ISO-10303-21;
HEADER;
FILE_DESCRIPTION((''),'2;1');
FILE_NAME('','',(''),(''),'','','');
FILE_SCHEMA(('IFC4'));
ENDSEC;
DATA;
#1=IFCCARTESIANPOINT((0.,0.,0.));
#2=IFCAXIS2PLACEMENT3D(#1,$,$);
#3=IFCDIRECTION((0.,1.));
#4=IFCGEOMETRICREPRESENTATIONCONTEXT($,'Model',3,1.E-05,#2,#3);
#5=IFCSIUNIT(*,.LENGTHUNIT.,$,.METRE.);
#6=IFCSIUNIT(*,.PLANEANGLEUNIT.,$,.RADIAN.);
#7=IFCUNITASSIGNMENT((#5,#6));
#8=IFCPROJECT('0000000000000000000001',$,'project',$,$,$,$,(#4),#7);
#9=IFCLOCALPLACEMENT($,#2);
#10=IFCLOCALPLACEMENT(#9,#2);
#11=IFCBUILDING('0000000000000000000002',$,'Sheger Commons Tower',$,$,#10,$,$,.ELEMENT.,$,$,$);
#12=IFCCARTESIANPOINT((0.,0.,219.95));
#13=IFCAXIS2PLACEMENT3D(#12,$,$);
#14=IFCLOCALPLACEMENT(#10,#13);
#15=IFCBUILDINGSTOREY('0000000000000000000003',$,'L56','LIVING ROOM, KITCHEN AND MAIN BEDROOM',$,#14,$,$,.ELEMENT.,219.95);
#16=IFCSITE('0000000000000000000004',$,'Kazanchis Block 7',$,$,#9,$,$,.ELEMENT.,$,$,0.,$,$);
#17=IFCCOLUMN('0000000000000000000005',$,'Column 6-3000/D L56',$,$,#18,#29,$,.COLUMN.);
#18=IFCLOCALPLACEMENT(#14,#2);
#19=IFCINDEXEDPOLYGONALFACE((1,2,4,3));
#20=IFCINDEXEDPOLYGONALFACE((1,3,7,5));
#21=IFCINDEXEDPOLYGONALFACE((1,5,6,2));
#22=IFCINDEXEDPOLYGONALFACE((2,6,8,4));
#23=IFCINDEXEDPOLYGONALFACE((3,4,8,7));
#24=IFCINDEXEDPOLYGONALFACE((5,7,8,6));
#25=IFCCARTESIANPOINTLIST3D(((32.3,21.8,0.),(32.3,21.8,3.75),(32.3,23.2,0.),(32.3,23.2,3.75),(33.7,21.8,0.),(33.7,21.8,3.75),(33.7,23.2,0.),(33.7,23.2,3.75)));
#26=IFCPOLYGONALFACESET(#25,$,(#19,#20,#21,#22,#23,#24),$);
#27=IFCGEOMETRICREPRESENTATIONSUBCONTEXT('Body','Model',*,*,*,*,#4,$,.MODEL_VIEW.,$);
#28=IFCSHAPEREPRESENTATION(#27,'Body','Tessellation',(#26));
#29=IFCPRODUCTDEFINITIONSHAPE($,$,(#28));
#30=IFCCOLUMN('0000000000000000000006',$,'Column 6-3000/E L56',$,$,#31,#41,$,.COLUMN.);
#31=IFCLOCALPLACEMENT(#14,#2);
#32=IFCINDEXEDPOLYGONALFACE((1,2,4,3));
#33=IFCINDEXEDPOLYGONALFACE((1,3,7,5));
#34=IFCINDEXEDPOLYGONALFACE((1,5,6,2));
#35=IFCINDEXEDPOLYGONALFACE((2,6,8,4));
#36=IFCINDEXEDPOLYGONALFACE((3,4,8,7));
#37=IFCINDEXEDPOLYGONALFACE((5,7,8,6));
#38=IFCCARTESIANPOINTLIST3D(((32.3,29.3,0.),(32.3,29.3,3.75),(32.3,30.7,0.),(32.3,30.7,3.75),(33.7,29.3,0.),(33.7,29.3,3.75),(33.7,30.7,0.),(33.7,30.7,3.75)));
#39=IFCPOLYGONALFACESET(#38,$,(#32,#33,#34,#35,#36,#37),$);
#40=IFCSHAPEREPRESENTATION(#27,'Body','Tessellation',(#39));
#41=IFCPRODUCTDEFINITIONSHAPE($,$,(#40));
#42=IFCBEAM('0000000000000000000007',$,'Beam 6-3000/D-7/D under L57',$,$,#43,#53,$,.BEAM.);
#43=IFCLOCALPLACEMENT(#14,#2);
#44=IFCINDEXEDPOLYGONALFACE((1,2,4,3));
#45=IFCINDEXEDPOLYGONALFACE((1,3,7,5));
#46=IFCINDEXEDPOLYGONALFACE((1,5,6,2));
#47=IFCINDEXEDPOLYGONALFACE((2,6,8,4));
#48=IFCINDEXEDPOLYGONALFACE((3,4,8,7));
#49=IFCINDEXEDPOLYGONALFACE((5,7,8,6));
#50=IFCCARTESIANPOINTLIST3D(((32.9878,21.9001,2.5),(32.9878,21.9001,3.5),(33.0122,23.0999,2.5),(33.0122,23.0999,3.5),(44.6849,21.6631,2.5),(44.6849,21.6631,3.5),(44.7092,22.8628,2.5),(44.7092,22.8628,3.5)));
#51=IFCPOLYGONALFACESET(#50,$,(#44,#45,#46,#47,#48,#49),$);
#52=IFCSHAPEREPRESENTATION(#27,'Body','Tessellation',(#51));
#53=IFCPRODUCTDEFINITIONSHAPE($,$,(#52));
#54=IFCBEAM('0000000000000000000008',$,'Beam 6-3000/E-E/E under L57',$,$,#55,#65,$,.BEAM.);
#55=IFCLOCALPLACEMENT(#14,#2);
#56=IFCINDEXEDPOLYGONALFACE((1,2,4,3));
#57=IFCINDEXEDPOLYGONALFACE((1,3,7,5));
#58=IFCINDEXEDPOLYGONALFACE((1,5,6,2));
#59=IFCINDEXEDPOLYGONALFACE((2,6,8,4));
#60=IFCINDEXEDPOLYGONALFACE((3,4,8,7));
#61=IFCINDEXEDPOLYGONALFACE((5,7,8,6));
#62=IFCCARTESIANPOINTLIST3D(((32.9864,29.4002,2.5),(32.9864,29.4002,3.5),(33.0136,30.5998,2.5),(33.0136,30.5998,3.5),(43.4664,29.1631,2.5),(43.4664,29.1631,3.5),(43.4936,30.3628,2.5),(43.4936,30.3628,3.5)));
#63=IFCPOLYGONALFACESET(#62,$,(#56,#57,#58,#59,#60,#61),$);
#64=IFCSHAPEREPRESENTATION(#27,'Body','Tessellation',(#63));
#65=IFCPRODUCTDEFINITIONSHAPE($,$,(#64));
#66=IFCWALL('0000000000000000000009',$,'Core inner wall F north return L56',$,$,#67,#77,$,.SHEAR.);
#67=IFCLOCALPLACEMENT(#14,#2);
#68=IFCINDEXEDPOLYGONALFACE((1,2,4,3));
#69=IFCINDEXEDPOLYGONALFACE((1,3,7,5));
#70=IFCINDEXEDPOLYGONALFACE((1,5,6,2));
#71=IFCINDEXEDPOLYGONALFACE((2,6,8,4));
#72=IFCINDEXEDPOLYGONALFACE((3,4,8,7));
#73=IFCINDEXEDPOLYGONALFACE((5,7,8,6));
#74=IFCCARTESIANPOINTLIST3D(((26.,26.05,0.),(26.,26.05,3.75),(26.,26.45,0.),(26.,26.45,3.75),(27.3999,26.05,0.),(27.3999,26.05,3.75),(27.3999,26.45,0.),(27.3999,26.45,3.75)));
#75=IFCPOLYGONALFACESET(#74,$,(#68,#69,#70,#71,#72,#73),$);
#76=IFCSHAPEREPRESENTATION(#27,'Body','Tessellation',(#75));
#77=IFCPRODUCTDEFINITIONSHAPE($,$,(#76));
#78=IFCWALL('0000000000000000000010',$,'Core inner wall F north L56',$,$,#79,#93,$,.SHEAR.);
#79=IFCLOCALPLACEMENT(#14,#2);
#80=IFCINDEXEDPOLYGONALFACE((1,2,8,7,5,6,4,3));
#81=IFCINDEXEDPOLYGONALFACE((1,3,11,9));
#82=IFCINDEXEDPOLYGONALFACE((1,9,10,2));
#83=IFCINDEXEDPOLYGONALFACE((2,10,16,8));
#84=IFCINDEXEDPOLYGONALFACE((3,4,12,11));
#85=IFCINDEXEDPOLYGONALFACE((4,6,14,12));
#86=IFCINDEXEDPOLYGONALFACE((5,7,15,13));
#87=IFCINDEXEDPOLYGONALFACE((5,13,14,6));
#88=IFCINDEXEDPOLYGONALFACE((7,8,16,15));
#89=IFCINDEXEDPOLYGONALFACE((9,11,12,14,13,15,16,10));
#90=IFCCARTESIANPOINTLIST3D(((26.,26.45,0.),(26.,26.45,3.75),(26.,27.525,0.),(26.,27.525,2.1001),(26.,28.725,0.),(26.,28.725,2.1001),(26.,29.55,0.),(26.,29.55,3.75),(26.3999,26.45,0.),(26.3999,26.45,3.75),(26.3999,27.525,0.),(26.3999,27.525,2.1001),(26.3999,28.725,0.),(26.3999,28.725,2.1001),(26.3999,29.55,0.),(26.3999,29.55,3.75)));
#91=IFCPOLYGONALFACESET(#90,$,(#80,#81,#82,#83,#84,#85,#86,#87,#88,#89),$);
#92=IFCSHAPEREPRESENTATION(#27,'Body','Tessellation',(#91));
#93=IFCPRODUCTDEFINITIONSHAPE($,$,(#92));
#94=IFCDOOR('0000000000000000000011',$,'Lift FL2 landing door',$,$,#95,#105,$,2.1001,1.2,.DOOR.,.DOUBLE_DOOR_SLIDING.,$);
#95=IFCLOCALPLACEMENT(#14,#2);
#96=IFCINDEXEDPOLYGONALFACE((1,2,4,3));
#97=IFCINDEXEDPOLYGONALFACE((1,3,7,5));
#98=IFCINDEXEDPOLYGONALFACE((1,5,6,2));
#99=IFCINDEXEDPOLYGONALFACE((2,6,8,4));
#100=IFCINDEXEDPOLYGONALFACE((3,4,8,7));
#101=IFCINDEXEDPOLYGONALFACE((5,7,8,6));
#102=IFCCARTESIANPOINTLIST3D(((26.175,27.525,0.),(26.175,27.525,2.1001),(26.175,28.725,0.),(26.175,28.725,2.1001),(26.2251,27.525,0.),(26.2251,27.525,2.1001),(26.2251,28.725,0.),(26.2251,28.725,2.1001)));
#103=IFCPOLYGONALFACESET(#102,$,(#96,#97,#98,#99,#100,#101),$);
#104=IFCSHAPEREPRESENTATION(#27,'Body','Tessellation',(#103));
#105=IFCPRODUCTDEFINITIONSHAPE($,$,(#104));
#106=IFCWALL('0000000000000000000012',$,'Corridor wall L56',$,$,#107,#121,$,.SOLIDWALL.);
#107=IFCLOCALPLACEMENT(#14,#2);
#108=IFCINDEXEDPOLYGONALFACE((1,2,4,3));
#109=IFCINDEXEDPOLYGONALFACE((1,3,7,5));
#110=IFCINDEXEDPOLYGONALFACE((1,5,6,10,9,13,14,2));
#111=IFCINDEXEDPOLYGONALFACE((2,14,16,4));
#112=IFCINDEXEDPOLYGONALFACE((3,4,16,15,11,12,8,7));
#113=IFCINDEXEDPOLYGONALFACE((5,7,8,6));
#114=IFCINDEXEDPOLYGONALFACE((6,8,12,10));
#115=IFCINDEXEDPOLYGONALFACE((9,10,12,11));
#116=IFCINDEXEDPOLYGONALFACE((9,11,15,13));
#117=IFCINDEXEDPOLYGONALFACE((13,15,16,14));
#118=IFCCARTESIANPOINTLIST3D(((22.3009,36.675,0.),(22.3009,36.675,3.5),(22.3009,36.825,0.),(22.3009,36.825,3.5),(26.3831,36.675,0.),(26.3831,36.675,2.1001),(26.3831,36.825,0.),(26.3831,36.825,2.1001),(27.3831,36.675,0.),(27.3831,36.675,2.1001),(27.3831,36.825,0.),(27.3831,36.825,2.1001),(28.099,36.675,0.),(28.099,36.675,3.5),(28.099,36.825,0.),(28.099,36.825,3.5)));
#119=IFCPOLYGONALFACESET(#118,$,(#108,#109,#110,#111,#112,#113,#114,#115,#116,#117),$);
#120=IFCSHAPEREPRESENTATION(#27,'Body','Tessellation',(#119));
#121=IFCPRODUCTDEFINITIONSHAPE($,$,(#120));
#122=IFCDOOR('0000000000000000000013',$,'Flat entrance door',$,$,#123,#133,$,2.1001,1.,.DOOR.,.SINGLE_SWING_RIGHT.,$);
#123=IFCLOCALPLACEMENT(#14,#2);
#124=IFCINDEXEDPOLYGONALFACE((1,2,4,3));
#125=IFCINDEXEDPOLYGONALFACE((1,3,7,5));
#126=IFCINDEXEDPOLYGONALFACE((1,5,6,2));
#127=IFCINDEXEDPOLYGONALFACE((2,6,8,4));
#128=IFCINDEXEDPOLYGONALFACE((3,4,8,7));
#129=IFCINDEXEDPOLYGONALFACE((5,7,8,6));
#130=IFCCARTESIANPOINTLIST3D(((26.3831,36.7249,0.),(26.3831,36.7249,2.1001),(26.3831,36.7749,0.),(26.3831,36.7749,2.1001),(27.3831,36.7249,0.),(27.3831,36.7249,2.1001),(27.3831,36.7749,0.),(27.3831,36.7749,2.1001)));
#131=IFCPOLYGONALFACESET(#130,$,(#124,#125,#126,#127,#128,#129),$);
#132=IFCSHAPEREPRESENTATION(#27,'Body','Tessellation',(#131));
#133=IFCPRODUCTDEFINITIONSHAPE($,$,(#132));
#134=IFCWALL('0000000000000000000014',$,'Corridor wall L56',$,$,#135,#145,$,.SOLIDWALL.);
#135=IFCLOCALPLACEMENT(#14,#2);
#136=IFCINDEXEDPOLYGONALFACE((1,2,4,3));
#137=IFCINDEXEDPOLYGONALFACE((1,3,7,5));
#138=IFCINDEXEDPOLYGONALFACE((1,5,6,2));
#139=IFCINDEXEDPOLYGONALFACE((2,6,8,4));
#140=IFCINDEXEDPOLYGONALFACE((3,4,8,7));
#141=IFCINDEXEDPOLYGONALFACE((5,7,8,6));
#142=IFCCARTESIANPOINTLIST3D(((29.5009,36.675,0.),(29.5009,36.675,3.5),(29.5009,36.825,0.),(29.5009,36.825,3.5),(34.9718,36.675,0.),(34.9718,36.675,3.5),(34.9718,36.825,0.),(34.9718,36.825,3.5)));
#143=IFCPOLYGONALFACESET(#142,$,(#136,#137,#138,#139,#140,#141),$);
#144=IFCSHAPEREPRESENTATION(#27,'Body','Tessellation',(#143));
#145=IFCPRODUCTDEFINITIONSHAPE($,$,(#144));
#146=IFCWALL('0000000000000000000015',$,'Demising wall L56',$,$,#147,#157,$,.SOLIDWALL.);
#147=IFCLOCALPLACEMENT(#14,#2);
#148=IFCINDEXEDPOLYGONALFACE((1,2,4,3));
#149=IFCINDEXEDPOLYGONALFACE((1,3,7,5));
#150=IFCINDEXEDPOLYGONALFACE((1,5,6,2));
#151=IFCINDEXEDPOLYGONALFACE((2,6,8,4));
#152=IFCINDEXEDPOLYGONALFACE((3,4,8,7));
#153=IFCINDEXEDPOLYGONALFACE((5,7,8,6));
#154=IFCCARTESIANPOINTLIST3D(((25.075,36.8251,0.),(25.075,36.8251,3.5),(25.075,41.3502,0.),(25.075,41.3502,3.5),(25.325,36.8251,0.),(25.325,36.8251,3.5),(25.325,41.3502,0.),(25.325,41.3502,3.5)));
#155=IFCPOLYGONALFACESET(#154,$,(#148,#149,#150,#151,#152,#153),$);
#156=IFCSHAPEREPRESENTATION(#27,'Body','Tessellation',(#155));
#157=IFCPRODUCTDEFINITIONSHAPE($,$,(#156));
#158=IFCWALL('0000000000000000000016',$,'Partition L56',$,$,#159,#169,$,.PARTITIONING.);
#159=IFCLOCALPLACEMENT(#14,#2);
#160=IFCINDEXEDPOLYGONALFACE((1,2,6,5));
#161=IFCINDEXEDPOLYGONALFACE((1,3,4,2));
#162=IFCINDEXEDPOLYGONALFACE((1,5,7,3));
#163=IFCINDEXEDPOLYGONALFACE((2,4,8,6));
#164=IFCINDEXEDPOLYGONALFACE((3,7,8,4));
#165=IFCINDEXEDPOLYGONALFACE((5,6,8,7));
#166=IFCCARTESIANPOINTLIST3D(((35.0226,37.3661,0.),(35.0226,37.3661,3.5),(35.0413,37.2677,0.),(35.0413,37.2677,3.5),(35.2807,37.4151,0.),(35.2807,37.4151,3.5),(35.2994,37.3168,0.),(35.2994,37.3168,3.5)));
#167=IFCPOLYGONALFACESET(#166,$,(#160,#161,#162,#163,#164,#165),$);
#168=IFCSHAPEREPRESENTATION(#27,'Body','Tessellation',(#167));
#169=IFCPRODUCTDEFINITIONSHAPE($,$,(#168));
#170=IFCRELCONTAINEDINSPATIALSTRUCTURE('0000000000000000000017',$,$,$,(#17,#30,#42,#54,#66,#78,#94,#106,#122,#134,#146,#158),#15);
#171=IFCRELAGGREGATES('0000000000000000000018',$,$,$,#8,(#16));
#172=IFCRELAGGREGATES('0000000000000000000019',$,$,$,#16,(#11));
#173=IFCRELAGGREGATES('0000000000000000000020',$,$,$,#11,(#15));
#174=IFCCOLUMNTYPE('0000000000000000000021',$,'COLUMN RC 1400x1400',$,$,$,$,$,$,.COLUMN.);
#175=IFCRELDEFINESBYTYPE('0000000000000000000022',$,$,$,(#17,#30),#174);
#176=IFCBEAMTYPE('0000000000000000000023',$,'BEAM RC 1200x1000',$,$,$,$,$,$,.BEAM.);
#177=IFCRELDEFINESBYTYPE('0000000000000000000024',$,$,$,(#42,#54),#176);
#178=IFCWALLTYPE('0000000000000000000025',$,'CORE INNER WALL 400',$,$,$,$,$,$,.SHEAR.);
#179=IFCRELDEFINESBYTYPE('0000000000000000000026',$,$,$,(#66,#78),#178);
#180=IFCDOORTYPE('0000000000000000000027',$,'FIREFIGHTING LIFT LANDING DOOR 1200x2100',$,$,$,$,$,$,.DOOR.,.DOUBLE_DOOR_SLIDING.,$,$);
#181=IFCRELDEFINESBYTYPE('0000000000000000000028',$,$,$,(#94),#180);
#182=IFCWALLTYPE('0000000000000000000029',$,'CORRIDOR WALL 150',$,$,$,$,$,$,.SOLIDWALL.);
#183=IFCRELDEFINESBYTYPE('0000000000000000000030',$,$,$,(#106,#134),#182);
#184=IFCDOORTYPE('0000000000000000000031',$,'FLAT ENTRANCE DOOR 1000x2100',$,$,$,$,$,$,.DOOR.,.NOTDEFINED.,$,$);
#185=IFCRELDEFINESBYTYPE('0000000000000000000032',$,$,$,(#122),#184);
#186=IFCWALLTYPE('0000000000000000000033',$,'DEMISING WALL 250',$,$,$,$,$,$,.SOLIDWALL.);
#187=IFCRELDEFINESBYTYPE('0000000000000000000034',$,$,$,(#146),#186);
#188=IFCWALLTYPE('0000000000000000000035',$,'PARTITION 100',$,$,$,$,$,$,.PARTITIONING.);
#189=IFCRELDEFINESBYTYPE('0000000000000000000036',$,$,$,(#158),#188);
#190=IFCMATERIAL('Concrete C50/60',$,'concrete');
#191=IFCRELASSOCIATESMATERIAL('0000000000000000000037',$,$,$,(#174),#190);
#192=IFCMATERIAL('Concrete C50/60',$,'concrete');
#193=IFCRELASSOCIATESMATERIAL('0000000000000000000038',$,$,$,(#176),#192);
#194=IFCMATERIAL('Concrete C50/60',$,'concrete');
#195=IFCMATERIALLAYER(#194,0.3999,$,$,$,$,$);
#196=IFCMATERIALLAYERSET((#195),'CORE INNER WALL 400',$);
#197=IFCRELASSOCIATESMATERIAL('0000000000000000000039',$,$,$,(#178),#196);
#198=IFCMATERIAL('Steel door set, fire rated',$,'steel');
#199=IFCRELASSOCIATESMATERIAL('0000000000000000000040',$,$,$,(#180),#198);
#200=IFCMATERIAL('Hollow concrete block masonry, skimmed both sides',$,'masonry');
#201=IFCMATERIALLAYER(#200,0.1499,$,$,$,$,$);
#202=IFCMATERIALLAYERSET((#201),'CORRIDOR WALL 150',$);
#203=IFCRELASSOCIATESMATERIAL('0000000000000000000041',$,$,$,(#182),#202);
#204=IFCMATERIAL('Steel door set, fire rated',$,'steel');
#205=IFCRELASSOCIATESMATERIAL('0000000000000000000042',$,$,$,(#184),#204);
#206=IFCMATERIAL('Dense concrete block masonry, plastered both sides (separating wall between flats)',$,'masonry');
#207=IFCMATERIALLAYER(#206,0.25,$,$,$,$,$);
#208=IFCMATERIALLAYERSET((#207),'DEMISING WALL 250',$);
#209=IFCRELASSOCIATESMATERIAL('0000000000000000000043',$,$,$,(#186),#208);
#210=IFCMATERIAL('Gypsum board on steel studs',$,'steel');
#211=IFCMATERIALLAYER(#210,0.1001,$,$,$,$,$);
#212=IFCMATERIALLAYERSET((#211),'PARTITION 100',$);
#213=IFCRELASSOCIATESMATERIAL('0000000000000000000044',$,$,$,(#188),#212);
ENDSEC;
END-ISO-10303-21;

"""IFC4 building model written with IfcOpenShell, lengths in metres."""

from ifc_helpers import new_model, si_unit, direction, frame, frame_2d, origin, origin_2d, place, context, subcontext, project, spatial, rectangle, extrude, material, layer, layer_set, material_profile, profile_set, type_object, element, fill, save


model = new_model("IFC4")

# Units and contexts
model_context = context("Model", 3, precision=1e-05, world=origin(), true_north=direction((0.0, 1.0)))
body_context = subcontext(model_context, "Body", "Model", "MODEL_VIEW")
ifc_project = project(units=[si_unit("LENGTHUNIT", "METRE"), si_unit("PLANEANGLEUNIT", "RADIAN")], contexts=[model_context])

# Site, building, storey
site_placement = place(None, origin())
site = spatial("IfcSite", under=ifc_project, at=site_placement, Name="Kazanchis Block 7", CompositionType="ELEMENT", RefElevation=0.0)
building_placement = place(site_placement, origin())
building = spatial("IfcBuilding", under=site, at=building_placement, Name="Sheger Commons Tower", CompositionType="ELEMENT")
storey_placement = place(building_placement, frame((0.0, 0.0, 219.95)))
storey = spatial("IfcBuildingStorey", under=building, at=storey_placement, Name="L56", Description="LIVING ROOM, KITCHEN AND MAIN BEDROOM", CompositionType="ELEMENT", Elevation=219.95)

# Columns
ifc_material_1 = material(Name="Concrete C50/60", Category="concrete")
ifc_material_profile_1 = material_profile(ifc_material_1, rectangle(XDim=1.3999, YDim=1.3999, at=origin_2d()), Name="RC 1400x1400")
ifc_profile_set_1 = profile_set([ifc_material_profile_1], Name="Concrete C50/60")
column_type = type_object("IfcColumnType", Name="COLUMN RC 1400x1400", PredefinedType="COLUMN", material=ifc_profile_set_1)
for number, where, z_axis, x_axis, name in (
    (1, (33.0, 22.5, 0.0), (0.0, 0.0, 1.0), (1.0, 0.0, 0.0), "Column 6-3000/D L56"),
    (2, (33.0, 30.0, 0.0), (0.0, 0.0, 1.0), (1.0, 0.0, 0.0), "Column 6-3000/E L56"),
):
    element("IfcColumn", number, at=place(storey_placement, frame(where, z_axis=z_axis, x_axis=x_axis)), inside=storey, type_object=column_type, Name=name, PredefinedType="COLUMN", context=body_context, shape_type="SweptSolid", body=[
        extrude(rectangle(XDim=1.3999, YDim=1.3999, at=origin_2d()), origin(), (0.0, 0.0, 1.0), 3.75),
    ])

# Beams
ifc_material_2 = material(Name="Concrete C50/60", Category="concrete")
ifc_material_profile_2 = material_profile(ifc_material_2, rectangle(XDim=1.2, YDim=1.0, at=origin_2d()), Name="RC 1200x1000")
ifc_profile_set_2 = profile_set([ifc_material_profile_2], Name="Concrete C50/60")
beam_type = type_object("IfcBeamType", Name="BEAM RC 1200x1000", PredefinedType="BEAM", material=ifc_profile_set_2)
beam_1_placement = place(storey_placement, frame((33.0, 22.5, 3.0), z_axis=(0.999795, -0.020263, 0.0), x_axis=(0.020263, 0.999795, 0.0)))
element("IfcBeam", 3, at=beam_1_placement, inside=storey, type_object=beam_type, Name="Beam 6-3000/D-7/D under L57", PredefinedType="BEAM", context=body_context, shape_type="SweptSolid", body=[
    extrude(rectangle(XDim=1.2, YDim=1.0, at=origin_2d()), origin(), (0.0, 0.0, 1.0), 11.6995),
])
beam_2_placement = place(storey_placement, frame((33.0, 30.0, 3.0), z_axis=(0.999744, -0.022615, 0.0), x_axis=(0.022615, 0.999744, 0.0)))
element("IfcBeam", 4, at=beam_2_placement, inside=storey, type_object=beam_type, Name="Beam 6-3000/E-E/E under L57", PredefinedType="BEAM", context=body_context, shape_type="SweptSolid", body=[
    extrude(rectangle(XDim=1.2, YDim=1.0, at=origin_2d()), origin(), (0.0, 0.0, 1.0), 10.4827),
])

# Wall
ifc_material_3 = material(Name="Concrete C50/60", Category="concrete")
ifc_layer_1 = layer(ifc_material_3, 0.3999)
ifc_layer_set_1 = layer_set([ifc_layer_1], Name="CORE INNER WALL 400")
wall_type_1 = type_object("IfcWallType", Name="CORE INNER WALL 400", PredefinedType="SHEAR", material=ifc_layer_set_1)
wall_1_placement = place(storey_placement, frame((26.0, 26.25, 0.0), z_axis=(0.0, 0.0, 1.0), x_axis=(1.0, 0.0, 0.0)))
element("IfcWall", 5, at=wall_1_placement, inside=storey, type_object=wall_type_1, Name="Core inner wall F north return L56", PredefinedType="SHEAR", context=body_context, shape_type="SweptSolid", body=[
    extrude(rectangle(XDim=1.3999, YDim=0.3999, at=frame_2d((0.7, 0.0))), origin(), (0.0, 0.0, 1.0), 3.75),
])

# Walls, openings, doors
wall_2_placement = place(storey_placement, frame((26.2, 26.45, 0.0), z_axis=(0.0, 0.0, 1.0), x_axis=(0.0, 1.0, 0.0)))
wall_2 = element("IfcWall", 6, at=wall_2_placement, inside=storey, type_object=wall_type_1, Name="Core inner wall F north L56", PredefinedType="SHEAR", context=body_context, shape_type="SweptSolid", body=[
    extrude(rectangle(XDim=3.1001, YDim=0.3999, at=frame_2d((1.55, 0.0))), origin(), (0.0, 0.0, 1.0), 3.75),
])
opening_1_placement = place(wall_2_placement, frame((1.075, 0.0, 0.0)))
opening_1 = element("IfcOpeningElement", 7, at=opening_1_placement, cuts=wall_2, PredefinedType="OPENING", context=body_context, shape_type="SweptSolid", body=[
    extrude(rectangle(XDim=1.2, YDim=2.1001, at=frame_2d((0.6001, 1.05))), frame((0.0, 0.21, 0.0), z_axis=(0.0, -1.0, 0.0), x_axis=(1.0, 0.0, 0.0)), (0.0, 0.0, 1.0), 0.4199),
])
ifc_material_4 = material(Name="Steel door set, fire rated", Category="steel")
door_type_1 = type_object("IfcDoorType", Name="FIREFIGHTING LIFT LANDING DOOR 1200x2100", OperationType="DOUBLE_DOOR_SLIDING", PredefinedType="DOOR", material=ifc_material_4)
door_1_placement = place(opening_1_placement, origin())
door_1 = element("IfcDoor", 8, at=door_1_placement, inside=storey, type_object=door_type_1, Name="Lift FL2 landing door", OperationType="DOUBLE_DOOR_SLIDING", OverallHeight=2.1001, OverallWidth=1.2, PredefinedType="DOOR", context=body_context, shape_type="SweptSolid", body=[
    extrude(rectangle(XDim=1.2, YDim=2.1001, at=frame_2d((0.6001, 1.05))), frame((0.0, 0.0249, 0.0), z_axis=(0.0, -1.0, 0.0), x_axis=(1.0, 0.0, 0.0)), (0.0, 0.0, 1.0), 0.05),
])
fill(opening_1, door_1)
ifc_material_5 = material(Name="Hollow concrete block masonry, skimmed both sides", Category="masonry")
ifc_layer_2 = layer(ifc_material_5, 0.1499)
ifc_layer_set_2 = layer_set([ifc_layer_2], Name="CORRIDOR WALL 150")
wall_type_2 = type_object("IfcWallType", Name="CORRIDOR WALL 150", PredefinedType="SOLIDWALL", material=ifc_layer_set_2)
wall_3_placement = place(storey_placement, frame((22.301, 36.75, 0.0), z_axis=(0.0, 0.0, 1.0), x_axis=(1.0, 0.0, 0.0)))
wall_3 = element("IfcWall", 9, at=wall_3_placement, inside=storey, type_object=wall_type_2, Name="Corridor wall L56", PredefinedType="SOLIDWALL", context=body_context, shape_type="SweptSolid", body=[
    extrude(rectangle(XDim=5.7981, YDim=0.1499, at=frame_2d((2.8989, 0.0))), origin(), (0.0, 0.0, 1.0), 3.5),
])
opening_2_placement = place(wall_3_placement, frame((4.082, 0.0, 0.0)))
opening_2 = element("IfcOpeningElement", 10, at=opening_2_placement, cuts=wall_3, PredefinedType="OPENING", context=body_context, shape_type="SweptSolid", body=[
    extrude(rectangle(XDim=1.0, YDim=2.1001, at=frame_2d((0.5, 1.05))), frame((0.0, 0.085, 0.0), z_axis=(0.0, -1.0, 0.0), x_axis=(1.0, 0.0, 0.0)), (0.0, 0.0, 1.0), 0.1699),
])
ifc_material_6 = material(Name="Steel door set, fire rated", Category="steel")
door_type_2 = type_object("IfcDoorType", Name="FLAT ENTRANCE DOOR 1000x2100", OperationType="NOTDEFINED", PredefinedType="DOOR", material=ifc_material_6)
door_2_placement = place(opening_2_placement, origin())
door_2 = element("IfcDoor", 11, at=door_2_placement, inside=storey, type_object=door_type_2, Name="Flat entrance door", OperationType="SINGLE_SWING_RIGHT", OverallHeight=2.1001, OverallWidth=1.0, PredefinedType="DOOR", context=body_context, shape_type="SweptSolid", body=[
    extrude(rectangle(XDim=1.0, YDim=2.1001, at=frame_2d((0.5, 1.05))), frame((0.0, 0.0249, 0.0), z_axis=(0.0, -1.0, 0.0), x_axis=(1.0, 0.0, 0.0)), (0.0, 0.0, 1.0), 0.05),
])
fill(opening_2, door_2)

# Walls
wall_4_placement = place(storey_placement, frame((29.501, 36.75, 0.0), z_axis=(0.0, 0.0, 1.0), x_axis=(1.0, 0.0, 0.0)))
element("IfcWall", 12, at=wall_4_placement, inside=storey, type_object=wall_type_2, Name="Corridor wall L56", PredefinedType="SOLIDWALL", context=body_context, shape_type="SweptSolid", body=[
    extrude(rectangle(XDim=5.4709, YDim=0.1499, at=frame_2d((2.7354, 0.0))), origin(), (0.0, 0.0, 1.0), 3.5),
])
ifc_material_7 = material(Name="Dense concrete block masonry, plastered both sides (separating wall between flats)", Category="masonry")
ifc_layer_3 = layer(ifc_material_7, 0.25)
ifc_layer_set_3 = layer_set([ifc_layer_3], Name="DEMISING WALL 250")
wall_type_3 = type_object("IfcWallType", Name="DEMISING WALL 250", PredefinedType="SOLIDWALL", material=ifc_layer_set_3)
wall_5_placement = place(storey_placement, frame((25.2, 36.825, 0.0), z_axis=(0.0, 0.0, 1.0), x_axis=(0.0, 1.0, 0.0)))
element("IfcWall", 13, at=wall_5_placement, inside=storey, type_object=wall_type_3, Name="Demising wall L56", PredefinedType="SOLIDWALL", context=body_context, shape_type="SweptSolid", body=[
    extrude(rectangle(XDim=4.5251, YDim=0.25, at=frame_2d((2.2627, 0.0))), origin(), (0.0, 0.0, 1.0), 3.5),
])
ifc_material_8 = material(Name="Gypsum board on steel studs", Category="steel")
ifc_layer_4 = layer(ifc_material_8, 0.1001)
ifc_layer_set_4 = layer_set([ifc_layer_4], Name="PARTITION 100")
wall_type_4 = type_object("IfcWallType", Name="PARTITION 100", PredefinedType="PARTITIONING", material=ifc_layer_set_4)
wall_6_placement = place(storey_placement, frame((35.29, 37.366, 0.0), z_axis=(0.0, 0.0, 1.0), x_axis=(-0.982395, -0.186813, 0.0)))
element("IfcWall", 14, at=wall_6_placement, inside=storey, type_object=wall_type_4, Name="Partition L56", PredefinedType="PARTITIONING", context=body_context, shape_type="SweptSolid", body=[
    extrude(rectangle(XDim=0.2627, YDim=0.1001, at=frame_2d((0.1313, 0.0))), origin(), (0.0, 0.0, 1.0), 3.5),
])

save(model, "model.ifc")
